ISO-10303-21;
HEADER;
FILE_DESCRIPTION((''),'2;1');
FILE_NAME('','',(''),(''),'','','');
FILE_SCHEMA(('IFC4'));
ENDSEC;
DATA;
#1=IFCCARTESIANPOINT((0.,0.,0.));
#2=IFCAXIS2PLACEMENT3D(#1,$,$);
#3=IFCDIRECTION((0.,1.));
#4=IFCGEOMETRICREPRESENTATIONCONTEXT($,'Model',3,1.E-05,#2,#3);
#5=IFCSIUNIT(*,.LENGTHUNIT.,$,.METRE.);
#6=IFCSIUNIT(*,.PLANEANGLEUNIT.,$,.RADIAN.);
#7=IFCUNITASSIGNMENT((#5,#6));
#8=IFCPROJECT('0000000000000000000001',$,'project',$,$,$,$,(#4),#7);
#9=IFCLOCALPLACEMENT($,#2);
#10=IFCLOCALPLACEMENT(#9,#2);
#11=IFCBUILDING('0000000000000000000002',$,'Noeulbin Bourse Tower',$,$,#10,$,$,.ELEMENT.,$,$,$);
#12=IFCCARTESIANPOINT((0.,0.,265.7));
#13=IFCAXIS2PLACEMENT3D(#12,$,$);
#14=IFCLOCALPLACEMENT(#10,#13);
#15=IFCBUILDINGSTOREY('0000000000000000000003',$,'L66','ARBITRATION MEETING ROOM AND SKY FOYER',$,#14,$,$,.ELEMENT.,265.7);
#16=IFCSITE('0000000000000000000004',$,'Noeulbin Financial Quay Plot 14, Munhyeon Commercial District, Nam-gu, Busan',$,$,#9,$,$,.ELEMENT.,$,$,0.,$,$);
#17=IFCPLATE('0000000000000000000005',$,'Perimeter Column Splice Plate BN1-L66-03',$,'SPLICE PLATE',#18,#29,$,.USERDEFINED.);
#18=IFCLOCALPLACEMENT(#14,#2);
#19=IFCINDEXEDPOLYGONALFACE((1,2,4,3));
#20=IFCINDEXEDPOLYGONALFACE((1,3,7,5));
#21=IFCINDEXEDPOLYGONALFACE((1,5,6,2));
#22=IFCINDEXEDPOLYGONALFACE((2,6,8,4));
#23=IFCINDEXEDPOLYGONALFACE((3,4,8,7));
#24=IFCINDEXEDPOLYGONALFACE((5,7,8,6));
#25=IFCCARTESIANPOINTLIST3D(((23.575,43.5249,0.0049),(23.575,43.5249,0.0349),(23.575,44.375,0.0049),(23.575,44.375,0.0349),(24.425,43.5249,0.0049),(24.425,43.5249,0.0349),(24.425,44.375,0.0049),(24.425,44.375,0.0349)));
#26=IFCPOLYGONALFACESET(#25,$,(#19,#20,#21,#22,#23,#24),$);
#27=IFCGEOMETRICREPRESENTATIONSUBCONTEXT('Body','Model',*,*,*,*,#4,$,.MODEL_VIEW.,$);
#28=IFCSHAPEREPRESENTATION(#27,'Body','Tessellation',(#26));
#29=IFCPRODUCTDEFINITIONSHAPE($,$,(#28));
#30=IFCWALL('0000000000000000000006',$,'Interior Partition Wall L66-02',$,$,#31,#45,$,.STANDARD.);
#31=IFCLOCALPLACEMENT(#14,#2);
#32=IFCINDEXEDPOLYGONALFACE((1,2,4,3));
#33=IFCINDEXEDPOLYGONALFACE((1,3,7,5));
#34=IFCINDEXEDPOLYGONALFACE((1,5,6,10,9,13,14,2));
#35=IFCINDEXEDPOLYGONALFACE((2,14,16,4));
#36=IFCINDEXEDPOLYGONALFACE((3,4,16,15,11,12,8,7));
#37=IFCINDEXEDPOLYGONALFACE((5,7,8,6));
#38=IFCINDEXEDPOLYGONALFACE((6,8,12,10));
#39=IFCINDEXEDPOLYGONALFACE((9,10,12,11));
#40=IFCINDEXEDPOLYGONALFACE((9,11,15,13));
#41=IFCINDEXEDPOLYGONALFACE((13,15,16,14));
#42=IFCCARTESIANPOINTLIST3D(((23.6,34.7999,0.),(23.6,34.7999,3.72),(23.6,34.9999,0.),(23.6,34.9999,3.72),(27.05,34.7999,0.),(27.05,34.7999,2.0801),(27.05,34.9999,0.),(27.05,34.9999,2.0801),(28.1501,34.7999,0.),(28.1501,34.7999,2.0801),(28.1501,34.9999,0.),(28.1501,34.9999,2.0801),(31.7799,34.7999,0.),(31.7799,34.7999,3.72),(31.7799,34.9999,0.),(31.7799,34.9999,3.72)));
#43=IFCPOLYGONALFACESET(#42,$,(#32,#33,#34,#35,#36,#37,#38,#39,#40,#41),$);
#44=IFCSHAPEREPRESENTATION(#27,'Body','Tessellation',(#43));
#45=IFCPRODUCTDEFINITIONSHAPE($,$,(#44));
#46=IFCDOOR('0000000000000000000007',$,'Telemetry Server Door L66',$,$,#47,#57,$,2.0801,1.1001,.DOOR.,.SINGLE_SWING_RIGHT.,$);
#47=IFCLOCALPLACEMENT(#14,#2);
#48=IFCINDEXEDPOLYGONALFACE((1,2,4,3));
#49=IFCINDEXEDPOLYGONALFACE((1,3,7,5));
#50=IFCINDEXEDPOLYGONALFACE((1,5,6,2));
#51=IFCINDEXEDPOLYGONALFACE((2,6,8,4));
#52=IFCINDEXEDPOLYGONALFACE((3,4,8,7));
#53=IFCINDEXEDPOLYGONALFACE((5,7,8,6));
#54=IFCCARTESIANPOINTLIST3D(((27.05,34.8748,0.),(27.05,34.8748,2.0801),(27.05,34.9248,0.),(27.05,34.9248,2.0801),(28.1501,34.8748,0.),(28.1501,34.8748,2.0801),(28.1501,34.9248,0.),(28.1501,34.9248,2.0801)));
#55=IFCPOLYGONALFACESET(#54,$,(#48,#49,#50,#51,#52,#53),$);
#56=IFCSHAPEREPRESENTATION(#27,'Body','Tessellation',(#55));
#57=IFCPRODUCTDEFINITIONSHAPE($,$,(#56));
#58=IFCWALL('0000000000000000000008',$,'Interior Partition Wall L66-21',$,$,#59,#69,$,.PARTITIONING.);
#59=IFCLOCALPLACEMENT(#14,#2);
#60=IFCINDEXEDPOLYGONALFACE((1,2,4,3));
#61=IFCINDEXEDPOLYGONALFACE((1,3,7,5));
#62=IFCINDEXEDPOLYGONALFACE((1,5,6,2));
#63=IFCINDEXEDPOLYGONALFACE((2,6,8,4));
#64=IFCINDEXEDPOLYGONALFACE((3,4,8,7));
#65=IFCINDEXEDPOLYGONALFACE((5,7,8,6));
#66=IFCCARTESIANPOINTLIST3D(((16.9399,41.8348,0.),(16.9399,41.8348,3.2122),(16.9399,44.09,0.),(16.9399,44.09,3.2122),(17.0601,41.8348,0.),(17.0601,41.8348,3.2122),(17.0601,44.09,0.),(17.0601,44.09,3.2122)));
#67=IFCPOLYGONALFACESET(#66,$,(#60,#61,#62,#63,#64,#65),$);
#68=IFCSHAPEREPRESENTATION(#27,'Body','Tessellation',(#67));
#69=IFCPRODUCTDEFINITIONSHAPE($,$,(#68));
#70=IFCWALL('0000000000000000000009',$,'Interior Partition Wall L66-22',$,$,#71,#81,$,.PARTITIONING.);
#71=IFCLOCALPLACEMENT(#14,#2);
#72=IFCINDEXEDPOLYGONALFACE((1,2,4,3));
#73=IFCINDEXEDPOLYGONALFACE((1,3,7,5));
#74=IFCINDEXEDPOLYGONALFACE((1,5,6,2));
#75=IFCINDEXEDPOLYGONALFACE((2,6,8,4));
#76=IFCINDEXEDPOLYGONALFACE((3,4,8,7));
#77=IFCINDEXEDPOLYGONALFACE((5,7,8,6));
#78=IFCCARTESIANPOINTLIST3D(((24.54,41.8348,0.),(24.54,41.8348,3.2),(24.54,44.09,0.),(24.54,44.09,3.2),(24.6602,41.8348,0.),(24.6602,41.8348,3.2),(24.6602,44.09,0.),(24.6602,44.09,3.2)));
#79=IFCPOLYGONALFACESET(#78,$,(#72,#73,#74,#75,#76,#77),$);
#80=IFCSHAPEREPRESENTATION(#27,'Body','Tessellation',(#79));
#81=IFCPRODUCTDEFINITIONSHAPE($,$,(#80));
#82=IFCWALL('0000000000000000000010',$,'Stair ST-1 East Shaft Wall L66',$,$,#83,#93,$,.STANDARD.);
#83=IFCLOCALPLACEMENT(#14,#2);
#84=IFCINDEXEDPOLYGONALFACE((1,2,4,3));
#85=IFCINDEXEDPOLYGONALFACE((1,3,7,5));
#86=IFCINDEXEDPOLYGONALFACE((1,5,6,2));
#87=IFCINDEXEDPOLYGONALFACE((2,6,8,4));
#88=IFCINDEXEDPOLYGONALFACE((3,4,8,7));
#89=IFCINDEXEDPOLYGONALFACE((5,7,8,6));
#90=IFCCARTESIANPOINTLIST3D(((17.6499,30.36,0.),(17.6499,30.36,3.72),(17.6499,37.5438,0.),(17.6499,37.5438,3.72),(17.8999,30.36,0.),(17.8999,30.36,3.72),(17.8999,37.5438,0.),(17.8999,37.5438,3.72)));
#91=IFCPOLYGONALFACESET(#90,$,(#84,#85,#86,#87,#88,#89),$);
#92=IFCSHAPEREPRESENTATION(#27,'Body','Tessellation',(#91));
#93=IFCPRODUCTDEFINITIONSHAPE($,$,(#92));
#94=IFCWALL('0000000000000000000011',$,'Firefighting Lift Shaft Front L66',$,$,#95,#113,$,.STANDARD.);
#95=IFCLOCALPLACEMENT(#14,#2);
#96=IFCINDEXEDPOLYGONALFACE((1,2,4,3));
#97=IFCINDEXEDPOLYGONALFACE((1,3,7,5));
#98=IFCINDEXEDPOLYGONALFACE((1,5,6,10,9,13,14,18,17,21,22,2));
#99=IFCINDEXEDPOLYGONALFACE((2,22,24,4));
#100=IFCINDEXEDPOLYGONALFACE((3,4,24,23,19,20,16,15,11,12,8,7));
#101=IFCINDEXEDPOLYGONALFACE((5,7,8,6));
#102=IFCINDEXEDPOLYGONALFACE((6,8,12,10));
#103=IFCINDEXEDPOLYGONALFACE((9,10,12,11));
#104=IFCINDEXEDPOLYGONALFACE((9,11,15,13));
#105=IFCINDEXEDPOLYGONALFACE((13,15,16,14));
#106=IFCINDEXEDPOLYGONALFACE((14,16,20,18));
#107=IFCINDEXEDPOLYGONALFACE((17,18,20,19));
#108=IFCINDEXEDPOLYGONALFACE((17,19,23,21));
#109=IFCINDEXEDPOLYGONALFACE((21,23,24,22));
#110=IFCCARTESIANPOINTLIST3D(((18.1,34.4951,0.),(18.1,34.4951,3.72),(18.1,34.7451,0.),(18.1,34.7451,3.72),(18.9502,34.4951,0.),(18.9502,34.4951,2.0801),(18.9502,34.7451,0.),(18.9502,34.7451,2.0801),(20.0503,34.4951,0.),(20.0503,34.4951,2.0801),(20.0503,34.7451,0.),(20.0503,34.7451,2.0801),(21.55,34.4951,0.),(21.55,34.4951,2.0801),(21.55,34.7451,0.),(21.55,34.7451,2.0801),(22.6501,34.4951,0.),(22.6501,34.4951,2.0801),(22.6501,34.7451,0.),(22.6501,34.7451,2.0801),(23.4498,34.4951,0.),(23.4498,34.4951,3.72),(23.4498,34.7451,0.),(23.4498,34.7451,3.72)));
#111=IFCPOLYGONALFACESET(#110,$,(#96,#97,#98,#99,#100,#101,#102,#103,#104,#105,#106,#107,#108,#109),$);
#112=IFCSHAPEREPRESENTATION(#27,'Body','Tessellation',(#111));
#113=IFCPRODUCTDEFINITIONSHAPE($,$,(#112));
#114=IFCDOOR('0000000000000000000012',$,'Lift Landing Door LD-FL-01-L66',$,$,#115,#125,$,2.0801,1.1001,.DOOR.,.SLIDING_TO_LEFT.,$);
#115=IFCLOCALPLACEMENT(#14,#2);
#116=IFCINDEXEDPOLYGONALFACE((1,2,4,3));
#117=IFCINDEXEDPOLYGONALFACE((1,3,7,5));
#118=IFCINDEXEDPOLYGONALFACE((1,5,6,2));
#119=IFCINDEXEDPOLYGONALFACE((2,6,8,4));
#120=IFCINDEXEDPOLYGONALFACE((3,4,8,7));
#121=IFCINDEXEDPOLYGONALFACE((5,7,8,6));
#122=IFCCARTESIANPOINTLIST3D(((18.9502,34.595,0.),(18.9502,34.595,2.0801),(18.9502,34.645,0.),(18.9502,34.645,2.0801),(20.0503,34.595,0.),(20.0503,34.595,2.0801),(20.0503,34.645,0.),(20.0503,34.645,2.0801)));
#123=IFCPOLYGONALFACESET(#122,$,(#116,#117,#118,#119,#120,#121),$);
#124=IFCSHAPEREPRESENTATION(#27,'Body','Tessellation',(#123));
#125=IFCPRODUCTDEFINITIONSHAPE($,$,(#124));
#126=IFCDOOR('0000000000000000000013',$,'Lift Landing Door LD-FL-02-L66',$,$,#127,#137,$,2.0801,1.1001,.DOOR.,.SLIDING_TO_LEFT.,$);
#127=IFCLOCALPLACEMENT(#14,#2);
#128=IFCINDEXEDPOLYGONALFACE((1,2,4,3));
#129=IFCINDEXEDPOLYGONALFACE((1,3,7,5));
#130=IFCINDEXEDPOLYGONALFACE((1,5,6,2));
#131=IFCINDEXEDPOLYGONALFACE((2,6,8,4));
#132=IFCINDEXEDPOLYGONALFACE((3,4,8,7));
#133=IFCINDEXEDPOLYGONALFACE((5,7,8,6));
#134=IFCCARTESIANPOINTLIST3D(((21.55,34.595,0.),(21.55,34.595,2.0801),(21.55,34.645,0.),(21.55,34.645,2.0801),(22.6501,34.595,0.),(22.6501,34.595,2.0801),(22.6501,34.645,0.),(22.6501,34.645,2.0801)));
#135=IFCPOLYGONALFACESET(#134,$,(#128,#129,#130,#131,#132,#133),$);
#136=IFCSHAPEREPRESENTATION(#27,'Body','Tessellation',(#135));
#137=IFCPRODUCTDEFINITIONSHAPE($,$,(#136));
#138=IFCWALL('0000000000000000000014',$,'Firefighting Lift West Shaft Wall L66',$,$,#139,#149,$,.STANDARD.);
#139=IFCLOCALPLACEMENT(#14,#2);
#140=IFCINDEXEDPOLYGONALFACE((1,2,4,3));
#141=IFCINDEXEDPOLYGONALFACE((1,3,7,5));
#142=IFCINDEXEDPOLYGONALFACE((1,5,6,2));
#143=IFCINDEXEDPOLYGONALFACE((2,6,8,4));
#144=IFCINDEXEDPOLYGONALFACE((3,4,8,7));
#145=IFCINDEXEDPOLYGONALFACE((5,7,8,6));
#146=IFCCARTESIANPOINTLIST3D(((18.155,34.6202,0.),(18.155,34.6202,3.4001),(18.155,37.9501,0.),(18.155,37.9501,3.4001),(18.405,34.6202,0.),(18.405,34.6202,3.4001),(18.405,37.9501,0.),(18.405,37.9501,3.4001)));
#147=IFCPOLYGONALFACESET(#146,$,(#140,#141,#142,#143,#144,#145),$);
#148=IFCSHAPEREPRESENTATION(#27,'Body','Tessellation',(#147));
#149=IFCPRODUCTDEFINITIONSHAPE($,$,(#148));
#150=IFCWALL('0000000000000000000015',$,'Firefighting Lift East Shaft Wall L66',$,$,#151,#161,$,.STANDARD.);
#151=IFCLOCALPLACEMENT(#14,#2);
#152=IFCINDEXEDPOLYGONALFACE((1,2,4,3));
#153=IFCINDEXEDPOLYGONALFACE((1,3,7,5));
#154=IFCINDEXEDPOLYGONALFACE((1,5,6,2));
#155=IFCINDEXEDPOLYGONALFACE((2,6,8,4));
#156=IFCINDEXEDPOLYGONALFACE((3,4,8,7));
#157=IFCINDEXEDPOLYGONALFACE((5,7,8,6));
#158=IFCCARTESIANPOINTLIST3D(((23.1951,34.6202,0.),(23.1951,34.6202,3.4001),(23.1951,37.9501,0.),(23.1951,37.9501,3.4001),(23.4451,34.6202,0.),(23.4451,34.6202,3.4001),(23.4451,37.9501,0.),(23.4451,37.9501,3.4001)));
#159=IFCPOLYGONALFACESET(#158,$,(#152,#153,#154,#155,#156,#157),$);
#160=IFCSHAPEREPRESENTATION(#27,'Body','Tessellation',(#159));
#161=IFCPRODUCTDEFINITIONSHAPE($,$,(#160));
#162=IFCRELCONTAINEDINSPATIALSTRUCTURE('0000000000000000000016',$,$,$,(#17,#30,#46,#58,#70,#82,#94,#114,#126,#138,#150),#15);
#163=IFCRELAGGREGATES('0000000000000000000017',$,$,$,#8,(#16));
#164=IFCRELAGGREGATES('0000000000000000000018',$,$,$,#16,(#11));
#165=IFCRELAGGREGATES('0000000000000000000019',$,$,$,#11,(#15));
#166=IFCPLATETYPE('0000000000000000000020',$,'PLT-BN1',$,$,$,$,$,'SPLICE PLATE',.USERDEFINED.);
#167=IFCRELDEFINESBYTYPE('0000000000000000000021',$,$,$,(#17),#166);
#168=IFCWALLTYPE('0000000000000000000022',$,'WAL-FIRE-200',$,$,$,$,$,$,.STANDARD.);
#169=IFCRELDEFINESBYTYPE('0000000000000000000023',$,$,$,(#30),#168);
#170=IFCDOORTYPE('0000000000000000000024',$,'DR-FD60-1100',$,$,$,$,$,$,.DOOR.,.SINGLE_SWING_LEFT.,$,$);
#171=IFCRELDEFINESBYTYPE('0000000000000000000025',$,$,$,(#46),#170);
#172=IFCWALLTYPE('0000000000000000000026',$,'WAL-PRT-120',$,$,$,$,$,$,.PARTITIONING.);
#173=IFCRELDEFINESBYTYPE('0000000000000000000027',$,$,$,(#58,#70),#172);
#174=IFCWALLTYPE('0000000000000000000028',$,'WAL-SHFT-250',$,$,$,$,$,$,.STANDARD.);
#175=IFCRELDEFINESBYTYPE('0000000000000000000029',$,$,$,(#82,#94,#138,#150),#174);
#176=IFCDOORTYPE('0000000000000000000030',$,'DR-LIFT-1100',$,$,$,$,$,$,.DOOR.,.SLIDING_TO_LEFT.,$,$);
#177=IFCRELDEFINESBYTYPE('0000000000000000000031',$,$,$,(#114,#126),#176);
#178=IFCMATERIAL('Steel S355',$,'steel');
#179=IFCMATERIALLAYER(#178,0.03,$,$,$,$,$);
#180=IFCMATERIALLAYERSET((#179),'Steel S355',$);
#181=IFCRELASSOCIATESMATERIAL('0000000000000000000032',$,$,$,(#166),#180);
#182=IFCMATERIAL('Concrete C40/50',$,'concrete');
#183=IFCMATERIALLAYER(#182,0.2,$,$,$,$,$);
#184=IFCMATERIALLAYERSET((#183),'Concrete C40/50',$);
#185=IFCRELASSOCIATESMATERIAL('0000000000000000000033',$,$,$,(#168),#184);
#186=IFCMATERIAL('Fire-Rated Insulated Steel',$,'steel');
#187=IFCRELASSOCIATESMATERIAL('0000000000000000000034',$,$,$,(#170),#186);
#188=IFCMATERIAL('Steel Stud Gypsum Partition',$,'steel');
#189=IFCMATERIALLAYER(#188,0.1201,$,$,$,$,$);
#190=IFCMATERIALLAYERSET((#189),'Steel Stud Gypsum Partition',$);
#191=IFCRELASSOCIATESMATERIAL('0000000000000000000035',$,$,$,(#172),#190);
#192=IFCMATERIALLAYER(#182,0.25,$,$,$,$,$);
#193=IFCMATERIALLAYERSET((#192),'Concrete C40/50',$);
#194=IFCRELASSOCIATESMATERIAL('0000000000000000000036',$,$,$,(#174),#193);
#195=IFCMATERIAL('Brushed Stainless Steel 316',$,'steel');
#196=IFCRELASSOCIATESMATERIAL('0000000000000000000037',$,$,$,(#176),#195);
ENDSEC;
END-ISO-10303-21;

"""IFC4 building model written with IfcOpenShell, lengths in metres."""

from ifc_helpers import new_model, si_unit, direction, frame, frame_2d, origin, origin_2d, place, context, subcontext, project, spatial, rectangle, extrude, material, layer, layer_set, type_object, element, fill, save


model = new_model("IFC4")

# Units and contexts
model_context = context("Model", 3, precision=1e-05, world=origin(), true_north=direction((0.0, 1.0)))
body_context = subcontext(model_context, "Body", "Model", "MODEL_VIEW")
ifc_project = project(units=[si_unit("LENGTHUNIT", "METRE"), si_unit("PLANEANGLEUNIT", "RADIAN")], contexts=[model_context])

# Site, building, storey
site_placement = place(None, origin())
site = spatial("IfcSite", under=ifc_project, at=site_placement, Name="Noeulbin Financial Quay Plot 14, Munhyeon Commercial District, Nam-gu, Busan", CompositionType="ELEMENT", RefElevation=0.0)
building_placement = place(site_placement, origin())
building = spatial("IfcBuilding", under=site, at=building_placement, Name="Noeulbin Bourse Tower", CompositionType="ELEMENT")
storey_placement = place(building_placement, frame((0.0, 0.0, 265.7)))
storey = spatial("IfcBuildingStorey", under=building, at=storey_placement, Name="L66", Description="ARBITRATION MEETING ROOM AND SKY FOYER", CompositionType="ELEMENT", Elevation=265.7)

# Shared definitions
ifc_material_1 = material(Name="Steel S355", Category="steel")

# Plate
ifc_layer_1 = layer(ifc_material_1, 0.03)
ifc_layer_set_1 = layer_set([ifc_layer_1], Name="Steel S355")
plate_type_1 = type_object("IfcPlateType", Name="PLT-BN1", ElementType="SPLICE PLATE", PredefinedType="USERDEFINED", material=ifc_layer_set_1)
for number, where, z_axis, x_axis, name in (
    (1, (24.0, 43.95, 0.0049), (0.0, 0.0, 1.0), (1.0, 0.0, 0.0), "Perimeter Column Splice Plate BN1-L66-03"),
):
    element("IfcPlate", number, at=place(storey_placement, frame(where, z_axis=z_axis, x_axis=x_axis)), inside=storey, type_object=plate_type_1, Name=name, ObjectType="SPLICE PLATE", PredefinedType="USERDEFINED", context=body_context, shape_type="SweptSolid", body=[
        extrude(rectangle(XDim=0.8501, YDim=0.8501, at=origin_2d()), origin(), (0.0, 0.0, 1.0), 0.03),
    ])

# Wall, opening, door
ifc_material_2 = material(Name="Concrete C40/50", Category="concrete")
ifc_layer_2 = layer(ifc_material_2, 0.2)
ifc_layer_set_2 = layer_set([ifc_layer_2], Name="Concrete C40/50")
wall_type_1 = type_object("IfcWallType", Name="WAL-FIRE-200", PredefinedType="STANDARD", material=ifc_layer_set_2)
wall_1_placement = place(storey_placement, frame((23.6001, 34.8999, 0.0), z_axis=(0.0, 0.0, 1.0), x_axis=(1.0, 0.0, 0.0)))
wall_1 = element("IfcWall", 2, at=wall_1_placement, inside=storey, type_object=wall_type_1, Name="Interior Partition Wall L66-02", PredefinedType="STANDARD", context=body_context, shape_type="SweptSolid", body=[
    extrude(rectangle(XDim=8.1799, YDim=0.2, at=frame_2d((4.0898, 0.0))), origin(), (0.0, 0.0, 1.0), 3.72),
])
opening_1_placement = place(wall_1_placement, frame((3.45, 0.0, 0.0)))
opening_1 = element("IfcOpeningElement", 3, at=opening_1_placement, cuts=wall_1, PredefinedType="OPENING", context=body_context, shape_type="SweptSolid", body=[
    extrude(rectangle(XDim=1.1001, YDim=2.0801, at=frame_2d((0.55, 1.04))), frame((0.0, 0.1099, 0.0), z_axis=(0.0, -1.0, 0.0), x_axis=(1.0, 0.0, 0.0)), (0.0, 0.0, 1.0), 0.22),
])
ifc_material_3 = material(Name="Fire-Rated Insulated Steel", Category="steel")
door_type_1 = type_object("IfcDoorType", Name="DR-FD60-1100", OperationType="SINGLE_SWING_LEFT", PredefinedType="DOOR", material=ifc_material_3)
door_1_placement = place(opening_1_placement, origin())
door_1 = element("IfcDoor", 4, at=door_1_placement, inside=storey, type_object=door_type_1, Name="Telemetry Server Door L66", OperationType="SINGLE_SWING_RIGHT", OverallHeight=2.0801, OverallWidth=1.1001, PredefinedType="DOOR", context=body_context, shape_type="SweptSolid", body=[
    extrude(rectangle(XDim=1.1001, YDim=2.0801, at=frame_2d((0.55, 1.04))), frame((0.0, 0.0249, 0.0), z_axis=(0.0, -1.0, 0.0), x_axis=(1.0, 0.0, 0.0)), (0.0, 0.0, 1.0), 0.05),
])
fill(opening_1, door_1)

# Walls
ifc_material_4 = material(Name="Steel Stud Gypsum Partition", Category="steel")
ifc_layer_3 = layer(ifc_material_4, 0.1201)
ifc_layer_set_3 = layer_set([ifc_layer_3], Name="Steel Stud Gypsum Partition")
wall_type_2 = type_object("IfcWallType", Name="WAL-PRT-120", PredefinedType="PARTITIONING", material=ifc_layer_set_3)
wall_2_placement = place(storey_placement, frame((17.0, 41.835, 0.0), z_axis=(0.0, 0.0, 1.0), x_axis=(0.0, 1.0, 0.0)))
element("IfcWall", 5, at=wall_2_placement, inside=storey, type_object=wall_type_2, Name="Interior Partition Wall L66-21", PredefinedType="PARTITIONING", context=body_context, shape_type="SweptSolid", body=[
    extrude(rectangle(XDim=2.2551, YDim=0.1201, at=frame_2d((1.1274, 0.0))), origin(), (0.0, 0.0, 1.0), 3.2122),
])
wall_3_placement = place(storey_placement, frame((24.6001, 41.835, 0.0), z_axis=(0.0, 0.0, 1.0), x_axis=(0.0, 1.0, 0.0)))
element("IfcWall", 6, at=wall_3_placement, inside=storey, type_object=wall_type_2, Name="Interior Partition Wall L66-22", PredefinedType="PARTITIONING", context=body_context, shape_type="SweptSolid", body=[
    extrude(rectangle(XDim=2.2551, YDim=0.1201, at=frame_2d((1.1274, 0.0))), origin(), (0.0, 0.0, 1.0), 3.2),
])
ifc_layer_4 = layer(ifc_material_2, 0.25)
ifc_layer_set_4 = layer_set([ifc_layer_4], Name="Concrete C40/50")
wall_type_3 = type_object("IfcWallType", Name="WAL-SHFT-250", PredefinedType="STANDARD", material=ifc_layer_set_4)
wall_4_placement = place(storey_placement, frame((17.7749, 30.3601, 0.0), z_axis=(0.0, 0.0, 1.0), x_axis=(0.0, 1.0, 0.0)))
element("IfcWall", 7, at=wall_4_placement, inside=storey, type_object=wall_type_3, Name="Stair ST-1 East Shaft Wall L66", PredefinedType="STANDARD", context=body_context, shape_type="SweptSolid", body=[
    extrude(rectangle(XDim=7.1838, YDim=0.25, at=frame_2d((3.5918, 0.0))), origin(), (0.0, 0.0, 1.0), 3.72),
])

# Wall, openings, doors
wall_5_placement = place(storey_placement, frame((18.1001, 34.6201, 0.0), z_axis=(0.0, 0.0, 1.0), x_axis=(1.0, 0.0, 0.0)))
wall_5 = element("IfcWall", 8, at=wall_5_placement, inside=storey, type_object=wall_type_3, Name="Firefighting Lift Shaft Front L66", PredefinedType="STANDARD", context=body_context, shape_type="SweptSolid", body=[
    extrude(rectangle(XDim=5.3499, YDim=0.25, at=frame_2d((2.6748, 0.0))), origin(), (0.0, 0.0, 1.0), 3.72),
])
opening_2_placement = place(wall_5_placement, frame((0.8501, 0.0, 0.0)))
opening_2 = element("IfcOpeningElement", 9, at=opening_2_placement, cuts=wall_5, PredefinedType="OPENING", context=body_context, shape_type="SweptSolid", body=[
    extrude(rectangle(XDim=1.1001, YDim=2.0801, at=frame_2d((0.55, 1.04))), frame((0.0, 0.135, 0.0), z_axis=(0.0, -1.0, 0.0), x_axis=(1.0, 0.0, 0.0)), (0.0, 0.0, 1.0), 0.27),
])
opening_3_placement = place(wall_5_placement, frame((3.45, 0.0, 0.0)))
opening_3 = element("IfcOpeningElement", 10, at=opening_3_placement, cuts=wall_5, PredefinedType="OPENING", context=body_context, shape_type="SweptSolid", body=[
    extrude(rectangle(XDim=1.1001, YDim=2.0801, at=frame_2d((0.55, 1.04))), frame((0.0, 0.135, 0.0), z_axis=(0.0, -1.0, 0.0), x_axis=(1.0, 0.0, 0.0)), (0.0, 0.0, 1.0), 0.27),
])
ifc_material_5 = material(Name="Brushed Stainless Steel 316", Category="steel")
door_type_2 = type_object("IfcDoorType", Name="DR-LIFT-1100", OperationType="SLIDING_TO_LEFT", PredefinedType="DOOR", material=ifc_material_5)
door_2_placement = place(opening_2_placement, origin())
door_2 = element("IfcDoor", 11, at=door_2_placement, inside=storey, type_object=door_type_2, Name="Lift Landing Door LD-FL-01-L66", OperationType="SLIDING_TO_LEFT", OverallHeight=2.0801, OverallWidth=1.1001, PredefinedType="DOOR", context=body_context, shape_type="SweptSolid", body=[
    extrude(rectangle(XDim=1.1001, YDim=2.0801, at=frame_2d((0.55, 1.04))), frame((0.0, 0.0249, 0.0), z_axis=(0.0, -1.0, 0.0), x_axis=(1.0, 0.0, 0.0)), (0.0, 0.0, 1.0), 0.05),
])
fill(opening_2, door_2)
door_3_placement = place(opening_3_placement, origin())
door_3 = element("IfcDoor", 12, at=door_3_placement, inside=storey, type_object=door_type_2, Name="Lift Landing Door LD-FL-02-L66", OperationType="SLIDING_TO_LEFT", OverallHeight=2.0801, OverallWidth=1.1001, PredefinedType="DOOR", context=body_context, shape_type="SweptSolid", body=[
    extrude(rectangle(XDim=1.1001, YDim=2.0801, at=frame_2d((0.55, 1.04))), frame((0.0, 0.0249, 0.0), z_axis=(0.0, -1.0, 0.0), x_axis=(1.0, 0.0, 0.0)), (0.0, 0.0, 1.0), 0.05),
])
fill(opening_3, door_3)

# Walls
for number, where, z_axis, x_axis, name in (
    (13, (18.28, 34.6201, 0.0), (0.0, 0.0, 1.0), (0.0, 1.0, 0.0), "Firefighting Lift West Shaft Wall L66"),
    (14, (23.3201, 34.6201, 0.0), (0.0, 0.0, 1.0), (0.0, 1.0, 0.0), "Firefighting Lift East Shaft Wall L66"),
):
    element("IfcWall", number, at=place(storey_placement, frame(where, z_axis=z_axis, x_axis=x_axis)), inside=storey, type_object=wall_type_3, Name=name, PredefinedType="STANDARD", context=body_context, shape_type="SweptSolid", body=[
        extrude(rectangle(XDim=3.3298, YDim=0.25, at=frame_2d((1.665, 0.0))), origin(), (0.0, 0.0, 1.0), 3.4001),
    ])

save(model, "model.ifc")
